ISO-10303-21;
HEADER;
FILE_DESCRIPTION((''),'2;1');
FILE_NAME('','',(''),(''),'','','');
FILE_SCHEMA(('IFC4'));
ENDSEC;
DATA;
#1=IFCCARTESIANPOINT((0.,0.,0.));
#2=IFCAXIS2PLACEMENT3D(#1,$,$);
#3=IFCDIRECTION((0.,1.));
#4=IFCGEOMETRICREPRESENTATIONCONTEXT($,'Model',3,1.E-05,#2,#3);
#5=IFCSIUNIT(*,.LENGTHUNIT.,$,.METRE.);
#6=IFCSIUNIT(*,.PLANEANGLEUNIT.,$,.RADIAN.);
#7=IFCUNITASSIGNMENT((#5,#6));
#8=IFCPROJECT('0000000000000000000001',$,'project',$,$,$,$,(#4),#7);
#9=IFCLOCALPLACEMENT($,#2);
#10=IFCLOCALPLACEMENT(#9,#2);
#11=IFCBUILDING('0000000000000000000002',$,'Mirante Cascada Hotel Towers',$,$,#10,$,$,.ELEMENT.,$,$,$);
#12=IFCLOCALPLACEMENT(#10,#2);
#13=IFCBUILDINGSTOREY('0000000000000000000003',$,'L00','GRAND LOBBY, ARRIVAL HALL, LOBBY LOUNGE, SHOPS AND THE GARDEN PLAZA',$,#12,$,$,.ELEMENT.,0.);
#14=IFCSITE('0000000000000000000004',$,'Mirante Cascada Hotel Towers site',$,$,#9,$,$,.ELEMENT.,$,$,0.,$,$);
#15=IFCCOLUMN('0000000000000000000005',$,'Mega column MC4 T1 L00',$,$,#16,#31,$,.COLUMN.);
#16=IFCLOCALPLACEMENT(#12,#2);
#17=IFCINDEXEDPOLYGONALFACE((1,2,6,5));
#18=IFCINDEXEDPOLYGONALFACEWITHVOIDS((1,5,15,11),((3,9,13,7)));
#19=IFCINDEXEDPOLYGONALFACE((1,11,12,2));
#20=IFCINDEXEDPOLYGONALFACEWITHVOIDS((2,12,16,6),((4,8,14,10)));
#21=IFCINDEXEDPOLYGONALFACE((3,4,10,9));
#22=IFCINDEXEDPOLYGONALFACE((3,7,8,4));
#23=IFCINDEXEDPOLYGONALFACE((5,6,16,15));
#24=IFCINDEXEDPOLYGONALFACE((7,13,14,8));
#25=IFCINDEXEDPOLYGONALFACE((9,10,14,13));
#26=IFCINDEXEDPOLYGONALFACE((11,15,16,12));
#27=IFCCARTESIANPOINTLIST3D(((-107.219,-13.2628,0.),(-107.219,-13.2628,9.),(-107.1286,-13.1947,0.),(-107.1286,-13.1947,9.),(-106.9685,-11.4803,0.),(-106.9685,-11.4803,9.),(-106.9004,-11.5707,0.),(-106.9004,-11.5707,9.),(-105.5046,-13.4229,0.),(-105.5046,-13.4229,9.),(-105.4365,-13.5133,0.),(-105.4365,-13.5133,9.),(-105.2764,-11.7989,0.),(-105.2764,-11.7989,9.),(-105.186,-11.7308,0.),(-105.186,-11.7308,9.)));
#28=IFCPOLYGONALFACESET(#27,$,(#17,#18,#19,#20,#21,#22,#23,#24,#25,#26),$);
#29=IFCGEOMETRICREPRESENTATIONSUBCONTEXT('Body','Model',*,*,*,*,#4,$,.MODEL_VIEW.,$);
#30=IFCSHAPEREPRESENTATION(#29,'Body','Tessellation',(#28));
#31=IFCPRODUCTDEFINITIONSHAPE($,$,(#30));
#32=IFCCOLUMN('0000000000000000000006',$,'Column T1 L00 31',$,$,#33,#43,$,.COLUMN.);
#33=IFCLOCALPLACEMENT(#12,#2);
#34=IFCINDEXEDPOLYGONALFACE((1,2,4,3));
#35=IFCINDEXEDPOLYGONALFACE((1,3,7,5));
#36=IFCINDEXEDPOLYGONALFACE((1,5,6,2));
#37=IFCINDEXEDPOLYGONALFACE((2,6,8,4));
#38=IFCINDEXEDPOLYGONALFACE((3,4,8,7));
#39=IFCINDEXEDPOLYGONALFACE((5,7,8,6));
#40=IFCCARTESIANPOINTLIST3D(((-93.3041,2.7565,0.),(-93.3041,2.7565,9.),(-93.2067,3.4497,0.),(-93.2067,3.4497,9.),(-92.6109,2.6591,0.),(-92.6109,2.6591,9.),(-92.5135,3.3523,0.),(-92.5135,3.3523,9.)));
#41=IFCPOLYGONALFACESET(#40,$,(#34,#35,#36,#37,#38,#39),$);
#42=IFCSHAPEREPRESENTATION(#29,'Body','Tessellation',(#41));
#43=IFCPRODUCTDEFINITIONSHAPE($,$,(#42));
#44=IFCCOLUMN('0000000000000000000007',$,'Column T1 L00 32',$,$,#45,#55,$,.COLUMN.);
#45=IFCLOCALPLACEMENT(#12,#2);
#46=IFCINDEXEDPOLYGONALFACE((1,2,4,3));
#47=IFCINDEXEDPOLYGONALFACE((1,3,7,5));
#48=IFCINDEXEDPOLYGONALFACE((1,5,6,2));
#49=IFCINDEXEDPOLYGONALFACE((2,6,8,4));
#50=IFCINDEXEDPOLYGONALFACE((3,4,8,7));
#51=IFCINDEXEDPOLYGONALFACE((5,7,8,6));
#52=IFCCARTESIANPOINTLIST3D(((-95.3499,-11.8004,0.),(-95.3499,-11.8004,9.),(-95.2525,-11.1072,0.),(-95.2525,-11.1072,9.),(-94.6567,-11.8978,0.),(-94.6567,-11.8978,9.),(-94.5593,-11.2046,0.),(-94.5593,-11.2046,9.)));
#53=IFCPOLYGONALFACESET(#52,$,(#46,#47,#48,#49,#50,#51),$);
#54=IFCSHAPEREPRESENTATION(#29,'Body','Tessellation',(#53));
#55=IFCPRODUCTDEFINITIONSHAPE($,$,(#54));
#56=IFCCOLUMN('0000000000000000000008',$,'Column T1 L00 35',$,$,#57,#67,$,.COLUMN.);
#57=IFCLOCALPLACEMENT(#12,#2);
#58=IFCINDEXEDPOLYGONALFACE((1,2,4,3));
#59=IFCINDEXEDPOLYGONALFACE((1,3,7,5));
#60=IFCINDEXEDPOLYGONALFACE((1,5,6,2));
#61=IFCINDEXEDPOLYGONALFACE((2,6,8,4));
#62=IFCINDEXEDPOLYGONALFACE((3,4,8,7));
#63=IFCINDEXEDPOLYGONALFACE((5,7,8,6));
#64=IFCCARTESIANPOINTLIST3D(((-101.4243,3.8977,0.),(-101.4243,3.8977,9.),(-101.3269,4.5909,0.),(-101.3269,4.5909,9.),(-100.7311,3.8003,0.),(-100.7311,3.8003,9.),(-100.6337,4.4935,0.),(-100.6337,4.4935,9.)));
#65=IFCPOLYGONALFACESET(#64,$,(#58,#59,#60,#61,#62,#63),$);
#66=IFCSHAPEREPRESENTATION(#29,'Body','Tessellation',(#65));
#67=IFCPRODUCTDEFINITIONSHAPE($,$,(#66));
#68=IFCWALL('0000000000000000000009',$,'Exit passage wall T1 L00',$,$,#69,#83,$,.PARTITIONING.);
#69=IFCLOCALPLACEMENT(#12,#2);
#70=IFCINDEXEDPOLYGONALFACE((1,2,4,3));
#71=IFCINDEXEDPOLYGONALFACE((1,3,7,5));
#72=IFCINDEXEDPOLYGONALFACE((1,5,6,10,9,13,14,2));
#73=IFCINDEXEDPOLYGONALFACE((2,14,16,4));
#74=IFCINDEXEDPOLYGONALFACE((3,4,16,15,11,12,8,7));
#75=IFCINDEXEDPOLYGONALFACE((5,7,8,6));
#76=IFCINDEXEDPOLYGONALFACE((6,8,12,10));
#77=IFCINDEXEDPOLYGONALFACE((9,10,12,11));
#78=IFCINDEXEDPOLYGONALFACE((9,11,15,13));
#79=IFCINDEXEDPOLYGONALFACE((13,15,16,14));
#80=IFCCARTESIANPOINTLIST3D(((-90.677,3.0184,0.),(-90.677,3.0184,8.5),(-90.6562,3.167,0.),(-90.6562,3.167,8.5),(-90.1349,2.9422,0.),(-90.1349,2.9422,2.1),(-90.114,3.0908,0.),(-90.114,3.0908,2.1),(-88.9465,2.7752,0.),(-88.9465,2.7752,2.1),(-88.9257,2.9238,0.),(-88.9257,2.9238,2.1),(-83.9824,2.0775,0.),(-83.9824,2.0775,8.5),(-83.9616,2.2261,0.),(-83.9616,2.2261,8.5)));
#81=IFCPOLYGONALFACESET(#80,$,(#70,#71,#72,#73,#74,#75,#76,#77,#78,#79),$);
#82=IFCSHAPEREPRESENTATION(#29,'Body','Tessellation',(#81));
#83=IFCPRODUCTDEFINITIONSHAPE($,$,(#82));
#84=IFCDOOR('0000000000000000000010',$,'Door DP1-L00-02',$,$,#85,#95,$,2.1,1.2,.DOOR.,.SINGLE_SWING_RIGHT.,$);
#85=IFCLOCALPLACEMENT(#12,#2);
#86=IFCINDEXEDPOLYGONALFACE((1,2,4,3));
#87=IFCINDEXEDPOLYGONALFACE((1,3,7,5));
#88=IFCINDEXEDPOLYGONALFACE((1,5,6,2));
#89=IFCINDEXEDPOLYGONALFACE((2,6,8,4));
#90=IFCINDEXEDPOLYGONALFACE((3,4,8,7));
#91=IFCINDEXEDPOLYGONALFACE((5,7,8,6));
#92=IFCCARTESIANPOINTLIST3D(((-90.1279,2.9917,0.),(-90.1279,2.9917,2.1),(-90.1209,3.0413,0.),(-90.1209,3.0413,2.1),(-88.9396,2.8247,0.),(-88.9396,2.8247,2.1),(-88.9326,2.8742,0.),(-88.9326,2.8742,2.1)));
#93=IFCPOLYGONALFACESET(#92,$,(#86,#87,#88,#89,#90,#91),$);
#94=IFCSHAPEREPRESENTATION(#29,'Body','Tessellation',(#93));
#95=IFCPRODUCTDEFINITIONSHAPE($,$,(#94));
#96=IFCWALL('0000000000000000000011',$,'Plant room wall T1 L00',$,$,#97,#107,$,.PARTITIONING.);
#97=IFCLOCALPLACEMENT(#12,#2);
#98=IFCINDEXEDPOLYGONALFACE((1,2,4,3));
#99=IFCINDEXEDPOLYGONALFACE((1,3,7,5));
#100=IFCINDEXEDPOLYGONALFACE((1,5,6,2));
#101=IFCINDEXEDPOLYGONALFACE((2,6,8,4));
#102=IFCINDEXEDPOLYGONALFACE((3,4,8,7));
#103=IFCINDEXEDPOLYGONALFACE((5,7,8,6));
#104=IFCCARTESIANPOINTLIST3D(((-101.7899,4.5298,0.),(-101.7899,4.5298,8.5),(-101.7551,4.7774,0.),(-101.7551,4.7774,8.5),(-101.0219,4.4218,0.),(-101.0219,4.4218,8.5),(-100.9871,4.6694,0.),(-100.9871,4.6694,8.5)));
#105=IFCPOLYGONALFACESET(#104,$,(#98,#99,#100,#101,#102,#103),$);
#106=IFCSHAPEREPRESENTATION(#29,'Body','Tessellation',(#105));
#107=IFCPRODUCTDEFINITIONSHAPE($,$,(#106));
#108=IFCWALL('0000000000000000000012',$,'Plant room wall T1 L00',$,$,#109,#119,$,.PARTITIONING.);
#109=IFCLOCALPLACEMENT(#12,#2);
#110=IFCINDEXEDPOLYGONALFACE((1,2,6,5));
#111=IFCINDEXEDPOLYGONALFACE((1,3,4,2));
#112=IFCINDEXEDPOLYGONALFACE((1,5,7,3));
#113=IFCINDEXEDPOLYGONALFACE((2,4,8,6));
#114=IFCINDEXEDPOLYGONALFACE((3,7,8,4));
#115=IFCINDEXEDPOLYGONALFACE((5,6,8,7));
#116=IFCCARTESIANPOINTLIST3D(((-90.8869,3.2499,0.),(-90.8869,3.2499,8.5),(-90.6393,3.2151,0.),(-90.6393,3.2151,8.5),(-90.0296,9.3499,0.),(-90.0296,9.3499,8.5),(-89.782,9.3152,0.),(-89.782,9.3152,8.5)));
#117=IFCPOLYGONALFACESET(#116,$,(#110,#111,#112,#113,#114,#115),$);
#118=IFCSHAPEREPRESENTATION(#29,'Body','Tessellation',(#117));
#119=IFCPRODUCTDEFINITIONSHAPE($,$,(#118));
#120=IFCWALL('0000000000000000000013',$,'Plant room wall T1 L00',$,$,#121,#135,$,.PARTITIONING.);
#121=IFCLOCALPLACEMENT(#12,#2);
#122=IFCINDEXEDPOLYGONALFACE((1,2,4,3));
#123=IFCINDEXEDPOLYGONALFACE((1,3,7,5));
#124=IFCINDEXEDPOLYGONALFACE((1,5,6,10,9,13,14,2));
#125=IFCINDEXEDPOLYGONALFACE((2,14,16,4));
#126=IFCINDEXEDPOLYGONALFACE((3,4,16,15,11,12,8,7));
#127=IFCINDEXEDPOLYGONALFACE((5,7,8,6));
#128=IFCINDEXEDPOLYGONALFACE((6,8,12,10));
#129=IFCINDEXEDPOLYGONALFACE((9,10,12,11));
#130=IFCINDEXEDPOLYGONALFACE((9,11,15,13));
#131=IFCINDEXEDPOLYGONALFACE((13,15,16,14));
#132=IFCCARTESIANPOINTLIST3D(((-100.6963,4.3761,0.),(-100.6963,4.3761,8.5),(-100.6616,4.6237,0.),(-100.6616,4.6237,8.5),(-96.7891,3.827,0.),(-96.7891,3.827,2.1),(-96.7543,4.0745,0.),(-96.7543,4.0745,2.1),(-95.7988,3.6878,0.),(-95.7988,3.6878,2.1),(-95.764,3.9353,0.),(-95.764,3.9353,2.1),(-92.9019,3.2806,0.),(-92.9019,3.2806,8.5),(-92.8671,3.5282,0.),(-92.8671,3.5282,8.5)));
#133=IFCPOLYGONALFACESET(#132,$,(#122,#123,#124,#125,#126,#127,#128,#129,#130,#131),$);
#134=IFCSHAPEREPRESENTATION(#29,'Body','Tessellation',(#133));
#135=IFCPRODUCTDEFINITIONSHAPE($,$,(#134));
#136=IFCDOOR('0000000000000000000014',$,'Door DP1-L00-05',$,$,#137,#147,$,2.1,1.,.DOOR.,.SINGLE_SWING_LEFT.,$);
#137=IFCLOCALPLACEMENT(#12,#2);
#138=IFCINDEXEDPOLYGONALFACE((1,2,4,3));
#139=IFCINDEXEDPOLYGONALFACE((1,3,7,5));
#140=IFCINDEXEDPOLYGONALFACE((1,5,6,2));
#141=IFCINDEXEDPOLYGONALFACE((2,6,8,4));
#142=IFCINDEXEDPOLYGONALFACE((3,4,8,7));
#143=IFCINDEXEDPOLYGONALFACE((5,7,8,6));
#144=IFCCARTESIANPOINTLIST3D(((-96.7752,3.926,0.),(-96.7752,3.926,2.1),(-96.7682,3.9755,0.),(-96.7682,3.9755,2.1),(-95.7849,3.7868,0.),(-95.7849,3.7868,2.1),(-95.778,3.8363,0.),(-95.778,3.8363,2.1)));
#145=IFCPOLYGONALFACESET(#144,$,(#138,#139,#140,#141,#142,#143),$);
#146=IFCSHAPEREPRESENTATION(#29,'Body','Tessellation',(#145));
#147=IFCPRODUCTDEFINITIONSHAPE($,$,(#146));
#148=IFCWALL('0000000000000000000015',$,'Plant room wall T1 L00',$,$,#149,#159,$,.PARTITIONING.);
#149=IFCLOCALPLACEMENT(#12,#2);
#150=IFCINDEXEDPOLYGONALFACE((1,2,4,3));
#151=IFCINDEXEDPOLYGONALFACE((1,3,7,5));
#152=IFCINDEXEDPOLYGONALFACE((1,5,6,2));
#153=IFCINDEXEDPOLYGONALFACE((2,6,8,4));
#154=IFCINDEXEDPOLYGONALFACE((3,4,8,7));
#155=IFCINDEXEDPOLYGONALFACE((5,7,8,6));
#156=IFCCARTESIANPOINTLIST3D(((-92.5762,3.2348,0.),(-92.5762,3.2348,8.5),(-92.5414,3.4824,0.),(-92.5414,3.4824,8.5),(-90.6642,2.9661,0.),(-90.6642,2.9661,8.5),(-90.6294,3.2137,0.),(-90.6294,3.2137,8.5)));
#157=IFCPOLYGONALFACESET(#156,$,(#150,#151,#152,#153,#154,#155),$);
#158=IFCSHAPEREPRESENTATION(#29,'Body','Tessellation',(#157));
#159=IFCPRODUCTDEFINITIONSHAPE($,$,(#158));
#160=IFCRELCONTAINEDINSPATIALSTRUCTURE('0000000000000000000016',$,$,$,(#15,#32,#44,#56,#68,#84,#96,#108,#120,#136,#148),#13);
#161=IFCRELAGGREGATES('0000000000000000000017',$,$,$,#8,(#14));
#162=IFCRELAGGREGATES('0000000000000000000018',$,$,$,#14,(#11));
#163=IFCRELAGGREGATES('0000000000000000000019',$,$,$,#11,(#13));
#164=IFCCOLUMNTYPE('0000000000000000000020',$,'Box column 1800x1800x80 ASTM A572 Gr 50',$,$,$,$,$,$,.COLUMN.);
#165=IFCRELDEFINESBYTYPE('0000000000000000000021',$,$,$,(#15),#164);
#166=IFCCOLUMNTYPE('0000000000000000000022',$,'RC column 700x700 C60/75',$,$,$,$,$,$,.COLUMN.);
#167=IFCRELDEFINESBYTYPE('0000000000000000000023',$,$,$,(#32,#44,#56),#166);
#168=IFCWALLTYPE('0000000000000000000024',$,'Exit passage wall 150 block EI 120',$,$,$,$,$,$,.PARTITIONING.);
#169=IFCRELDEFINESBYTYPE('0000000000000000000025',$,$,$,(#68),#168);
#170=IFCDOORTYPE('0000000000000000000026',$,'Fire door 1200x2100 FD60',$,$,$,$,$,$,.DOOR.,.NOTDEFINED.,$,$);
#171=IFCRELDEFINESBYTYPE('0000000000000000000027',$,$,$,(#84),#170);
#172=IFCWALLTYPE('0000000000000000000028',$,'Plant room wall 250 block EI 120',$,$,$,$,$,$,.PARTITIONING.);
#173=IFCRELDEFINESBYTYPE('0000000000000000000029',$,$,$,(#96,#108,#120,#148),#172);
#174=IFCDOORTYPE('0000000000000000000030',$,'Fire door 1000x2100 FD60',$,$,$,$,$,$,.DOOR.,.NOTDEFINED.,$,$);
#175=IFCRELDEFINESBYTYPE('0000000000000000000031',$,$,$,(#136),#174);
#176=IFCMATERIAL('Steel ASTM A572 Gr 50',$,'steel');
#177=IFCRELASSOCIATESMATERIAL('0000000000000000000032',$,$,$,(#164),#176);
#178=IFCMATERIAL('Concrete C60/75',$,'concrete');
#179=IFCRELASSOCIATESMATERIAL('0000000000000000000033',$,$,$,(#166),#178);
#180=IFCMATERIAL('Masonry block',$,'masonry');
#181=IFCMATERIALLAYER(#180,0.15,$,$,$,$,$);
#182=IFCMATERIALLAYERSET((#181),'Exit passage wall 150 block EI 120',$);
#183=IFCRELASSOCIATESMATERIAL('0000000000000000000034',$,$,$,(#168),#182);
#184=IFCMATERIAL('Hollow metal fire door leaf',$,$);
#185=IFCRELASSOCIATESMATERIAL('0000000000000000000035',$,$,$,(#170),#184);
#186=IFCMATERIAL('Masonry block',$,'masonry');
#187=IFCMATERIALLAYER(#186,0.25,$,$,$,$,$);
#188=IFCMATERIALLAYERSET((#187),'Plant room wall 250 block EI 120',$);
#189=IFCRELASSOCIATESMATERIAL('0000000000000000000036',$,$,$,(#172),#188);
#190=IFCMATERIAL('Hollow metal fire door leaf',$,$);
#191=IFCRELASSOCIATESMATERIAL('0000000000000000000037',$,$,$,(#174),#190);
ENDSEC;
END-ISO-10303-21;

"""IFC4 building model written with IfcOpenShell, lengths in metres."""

from ifc_helpers import new_model, si_unit, direction, frame, frame_2d, origin, origin_2d, place, context, subcontext, project, spatial, rectangle, hollow_rectangle, extrude, material, layer, layer_set, material_profile, profile_set, type_object, element, fill, save


model = new_model("IFC4")

# Units and contexts
model_context = context("Model", 3, precision=1e-05, world=origin(), true_north=direction((0.0, 1.0)))
body_context = subcontext(model_context, "Body", "Model", "MODEL_VIEW")
ifc_project = project(units=[si_unit("LENGTHUNIT", "METRE"), si_unit("PLANEANGLEUNIT", "RADIAN")], contexts=[model_context])

# Site, building, storey
site_placement = place(None, origin())
site = spatial("IfcSite", under=ifc_project, at=site_placement, Name="Mirante Cascada Hotel Towers site", CompositionType="ELEMENT", RefElevation=0.0)
building_placement = place(site_placement, origin())
building = spatial("IfcBuilding", under=site, at=building_placement, Name="Mirante Cascada Hotel Towers", CompositionType="ELEMENT")
storey_placement = place(building_placement, origin())
storey = spatial("IfcBuildingStorey", under=building, at=storey_placement, Name="L00", Description="GRAND LOBBY, ARRIVAL HALL, LOBBY LOUNGE, SHOPS AND THE GARDEN PLAZA", CompositionType="ELEMENT", Elevation=0.0)

# Columns
ifc_material_1 = material(Name="Steel ASTM A572 Gr 50", Category="steel")
ifc_material_profile_1 = material_profile(ifc_material_1, hollow_rectangle(XDim=1.8, YDim=1.8, WallThickness=0.08, at=origin_2d()), Name="Box column 1800x1800x80 ASTM A572 Gr 50")
ifc_profile_set_1 = profile_set([ifc_material_profile_1], Name="Steel ASTM A572 Gr 50")
column_type_1 = type_object("IfcColumnType", Name="Box column 1800x1800x80 ASTM A572 Gr 50", PredefinedType="COLUMN", material=ifc_profile_set_1)
column_placement = place(storey_placement, frame((-106.2025, -12.4968, 0.0), z_axis=(0.0, 0.0, 1.0), x_axis=(-0.990268, 0.139173, 0.0)))
element("IfcColumn", 1, at=column_placement, inside=storey, type_object=column_type_1, Name="Mega column MC4 T1 L00", PredefinedType="COLUMN", context=body_context, shape_type="SweptSolid", body=[
    extrude(hollow_rectangle(XDim=1.8, YDim=1.8, WallThickness=0.08, at=origin_2d()), origin(), (0.0, 0.0, 1.0), 9.0),
])
ifc_material_2 = material(Name="Concrete C60/75", Category="concrete")
ifc_material_profile_2 = material_profile(ifc_material_2, rectangle(XDim=0.7, YDim=0.7, at=origin_2d()), Name="RC column 700x700 C60/75")
ifc_profile_set_2 = profile_set([ifc_material_profile_2], Name="Concrete C60/75")
column_type_2 = type_object("IfcColumnType", Name="RC column 700x700 C60/75", PredefinedType="COLUMN", material=ifc_profile_set_2)
for number, where, z_axis, x_axis, name in (
    (2, (-92.9088, 3.0544, 0.0), (0.0, 0.0, 1.0), (-0.990268, 0.139173, 0.0), "Column T1 L00 31"),
    (3, (-94.9546, -11.5025, 0.0), (0.0, 0.0, 1.0), (-0.990268, 0.139173, 0.0), "Column T1 L00 32"),
    (4, (-101.029, 4.1956, 0.0), (0.0, 0.0, 1.0), (-0.990268, 0.139173, 0.0), "Column T1 L00 35"),
):
    element("IfcColumn", number, at=place(storey_placement, frame(where, z_axis=z_axis, x_axis=x_axis)), inside=storey, type_object=column_type_2, Name=name, PredefinedType="COLUMN", context=body_context, shape_type="SweptSolid", body=[
        extrude(rectangle(XDim=0.7, YDim=0.7, at=origin_2d()), origin(), (0.0, 0.0, 1.0), 9.0),
    ])

# Wall, opening, door
ifc_material_3 = material(Name="Masonry block", Category="masonry")
ifc_layer_1 = layer(ifc_material_3, 0.15)
ifc_layer_set_1 = layer_set([ifc_layer_1], Name="Exit passage wall 150 block EI 120")
wall_type_1 = type_object("IfcWallType", Name="Exit passage wall 150 block EI 120", PredefinedType="PARTITIONING", material=ifc_layer_set_1)
wall_1_placement = place(storey_placement, frame((-90.6666, 3.0927, 0.0), z_axis=(0.0, 0.0, 1.0), x_axis=(0.990267, -0.139178, 0.0)))
wall_1 = element("IfcWall", 5, at=wall_1_placement, inside=storey, type_object=wall_type_1, Name="Exit passage wall T1 L00", PredefinedType="PARTITIONING", context=body_context, shape_type="SweptSolid", body=[
    extrude(rectangle(XDim=6.7604, YDim=0.15, at=frame_2d((3.3802, 0.0))), origin(), (0.0, 0.0, 1.0), 8.5),
])
opening_1_placement = place(wall_1_placement, frame((0.5475, 0.0, 0.0)))
opening_1 = element("IfcOpeningElement", 6, at=opening_1_placement, cuts=wall_1, PredefinedType="OPENING", context=body_context, shape_type="SweptSolid", body=[
    extrude(rectangle(XDim=1.2, YDim=2.1, at=frame_2d((0.6, 1.05))), frame((0.0, 0.075, 0.0), z_axis=(0.0, -1.0, 0.0), x_axis=(1.0, 0.0, 0.0)), (0.0, 0.0, 1.0), 0.15),
])
ifc_material_4 = material(Name="Hollow metal fire door leaf")
door_type_1 = type_object("IfcDoorType", Name="Fire door 1200x2100 FD60", OperationType="NOTDEFINED", PredefinedType="DOOR", material=ifc_material_4)
door_1_placement = place(opening_1_placement, frame((1.2, 0.0, 0.0), z_axis=(0.0, 0.0, 1.0), x_axis=(-1.0, 0.0, 0.0)))
door_1 = element("IfcDoor", 7, at=door_1_placement, inside=storey, type_object=door_type_1, Name="Door DP1-L00-02", OperationType="SINGLE_SWING_RIGHT", OverallHeight=2.1, OverallWidth=1.2, PredefinedType="DOOR", context=body_context, shape_type="SweptSolid", body=[
    extrude(rectangle(XDim=1.2, YDim=2.1, at=frame_2d((0.6, 1.05))), frame((0.0, 0.025, 0.0), z_axis=(0.0, -1.0, 0.0), x_axis=(1.0, 0.0, 0.0)), (0.0, 0.0, 1.0), 0.05),
])
fill(opening_1, door_1)

# Walls
ifc_material_5 = material(Name="Masonry block", Category="masonry")
ifc_layer_2 = layer(ifc_material_5, 0.25)
ifc_layer_set_2 = layer_set([ifc_layer_2], Name="Plant room wall 250 block EI 120")
wall_type_2 = type_object("IfcWallType", Name="Plant room wall 250 block EI 120", PredefinedType="PARTITIONING", material=ifc_layer_set_2)
wall_2_placement = place(storey_placement, frame((-101.7725, 4.6536, 0.0), z_axis=(0.0, 0.0, 1.0), x_axis=(0.990257, -0.139255, 0.0)))
element("IfcWall", 8, at=wall_2_placement, inside=storey, type_object=wall_type_2, Name="Plant room wall T1 L00", PredefinedType="PARTITIONING", context=body_context, shape_type="SweptSolid", body=[
    extrude(rectangle(XDim=0.7756, YDim=0.25, at=frame_2d((0.3878, 0.0))), origin(), (0.0, 0.0, 1.0), 8.5),
])
wall_3_placement = place(storey_placement, frame((-90.7631, 3.2325, 0.0), z_axis=(0.0, 0.0, 1.0), x_axis=(0.139171, 0.990268, 0.0)))
element("IfcWall", 9, at=wall_3_placement, inside=storey, type_object=wall_type_2, Name="Plant room wall T1 L00", PredefinedType="PARTITIONING", context=body_context, shape_type="SweptSolid", body=[
    extrude(rectangle(XDim=6.16, YDim=0.25, at=frame_2d((3.08, 0.0))), origin(), (0.0, 0.0, 1.0), 8.5),
])

# Wall, opening, door
wall_4_placement = place(storey_placement, frame((-100.679, 4.4999, 0.0), z_axis=(0.0, 0.0, 1.0), x_axis=(0.990267, -0.13918, 0.0)))
wall_4 = element("IfcWall", 10, at=wall_4_placement, inside=storey, type_object=wall_type_2, Name="Plant room wall T1 L00", PredefinedType="PARTITIONING", context=body_context, shape_type="SweptSolid", body=[
    extrude(rectangle(XDim=7.8711, YDim=0.25, at=frame_2d((3.9356, 0.0))), origin(), (0.0, 0.0, 1.0), 8.5),
])
opening_2_placement = place(wall_4_placement, frame((3.9457, 0.0, 0.0)))
opening_2 = element("IfcOpeningElement", 11, at=opening_2_placement, cuts=wall_4, PredefinedType="OPENING", context=body_context, shape_type="SweptSolid", body=[
    extrude(rectangle(XDim=1.0, YDim=2.1, at=frame_2d((0.5, 1.05))), frame((0.0, 0.125, 0.0), z_axis=(0.0, -1.0, 0.0), x_axis=(1.0, 0.0, 0.0)), (0.0, 0.0, 1.0), 0.25),
])
ifc_material_6 = material(Name="Hollow metal fire door leaf")
door_type_2 = type_object("IfcDoorType", Name="Fire door 1000x2100 FD60", OperationType="NOTDEFINED", PredefinedType="DOOR", material=ifc_material_6)
door_2_placement = place(opening_2_placement, origin())
door_2 = element("IfcDoor", 12, at=door_2_placement, inside=storey, type_object=door_type_2, Name="Door DP1-L00-05", OperationType="SINGLE_SWING_LEFT", OverallHeight=2.1, OverallWidth=1.0, PredefinedType="DOOR", context=body_context, shape_type="SweptSolid", body=[
    extrude(rectangle(XDim=1.0, YDim=2.1, at=frame_2d((0.5, 1.05))), frame((0.0, 0.025, 0.0), z_axis=(0.0, -1.0, 0.0), x_axis=(1.0, 0.0, 0.0)), (0.0, 0.0, 1.0), 0.05),
])
fill(opening_2, door_2)

# Wall
wall_5_placement = place(storey_placement, frame((-92.5588, 3.3586, 0.0), z_axis=(0.0, 0.0, 1.0), x_axis=(0.990269, -0.139166, 0.0)))
element("IfcWall", 13, at=wall_5_placement, inside=storey, type_object=wall_type_2, Name="Plant room wall T1 L00", PredefinedType="PARTITIONING", context=body_context, shape_type="SweptSolid", body=[
    extrude(rectangle(XDim=1.9308, YDim=0.25, at=frame_2d((0.9654, 0.0))), origin(), (0.0, 0.0, 1.0), 8.5),
])

save(model, "model.ifc")
